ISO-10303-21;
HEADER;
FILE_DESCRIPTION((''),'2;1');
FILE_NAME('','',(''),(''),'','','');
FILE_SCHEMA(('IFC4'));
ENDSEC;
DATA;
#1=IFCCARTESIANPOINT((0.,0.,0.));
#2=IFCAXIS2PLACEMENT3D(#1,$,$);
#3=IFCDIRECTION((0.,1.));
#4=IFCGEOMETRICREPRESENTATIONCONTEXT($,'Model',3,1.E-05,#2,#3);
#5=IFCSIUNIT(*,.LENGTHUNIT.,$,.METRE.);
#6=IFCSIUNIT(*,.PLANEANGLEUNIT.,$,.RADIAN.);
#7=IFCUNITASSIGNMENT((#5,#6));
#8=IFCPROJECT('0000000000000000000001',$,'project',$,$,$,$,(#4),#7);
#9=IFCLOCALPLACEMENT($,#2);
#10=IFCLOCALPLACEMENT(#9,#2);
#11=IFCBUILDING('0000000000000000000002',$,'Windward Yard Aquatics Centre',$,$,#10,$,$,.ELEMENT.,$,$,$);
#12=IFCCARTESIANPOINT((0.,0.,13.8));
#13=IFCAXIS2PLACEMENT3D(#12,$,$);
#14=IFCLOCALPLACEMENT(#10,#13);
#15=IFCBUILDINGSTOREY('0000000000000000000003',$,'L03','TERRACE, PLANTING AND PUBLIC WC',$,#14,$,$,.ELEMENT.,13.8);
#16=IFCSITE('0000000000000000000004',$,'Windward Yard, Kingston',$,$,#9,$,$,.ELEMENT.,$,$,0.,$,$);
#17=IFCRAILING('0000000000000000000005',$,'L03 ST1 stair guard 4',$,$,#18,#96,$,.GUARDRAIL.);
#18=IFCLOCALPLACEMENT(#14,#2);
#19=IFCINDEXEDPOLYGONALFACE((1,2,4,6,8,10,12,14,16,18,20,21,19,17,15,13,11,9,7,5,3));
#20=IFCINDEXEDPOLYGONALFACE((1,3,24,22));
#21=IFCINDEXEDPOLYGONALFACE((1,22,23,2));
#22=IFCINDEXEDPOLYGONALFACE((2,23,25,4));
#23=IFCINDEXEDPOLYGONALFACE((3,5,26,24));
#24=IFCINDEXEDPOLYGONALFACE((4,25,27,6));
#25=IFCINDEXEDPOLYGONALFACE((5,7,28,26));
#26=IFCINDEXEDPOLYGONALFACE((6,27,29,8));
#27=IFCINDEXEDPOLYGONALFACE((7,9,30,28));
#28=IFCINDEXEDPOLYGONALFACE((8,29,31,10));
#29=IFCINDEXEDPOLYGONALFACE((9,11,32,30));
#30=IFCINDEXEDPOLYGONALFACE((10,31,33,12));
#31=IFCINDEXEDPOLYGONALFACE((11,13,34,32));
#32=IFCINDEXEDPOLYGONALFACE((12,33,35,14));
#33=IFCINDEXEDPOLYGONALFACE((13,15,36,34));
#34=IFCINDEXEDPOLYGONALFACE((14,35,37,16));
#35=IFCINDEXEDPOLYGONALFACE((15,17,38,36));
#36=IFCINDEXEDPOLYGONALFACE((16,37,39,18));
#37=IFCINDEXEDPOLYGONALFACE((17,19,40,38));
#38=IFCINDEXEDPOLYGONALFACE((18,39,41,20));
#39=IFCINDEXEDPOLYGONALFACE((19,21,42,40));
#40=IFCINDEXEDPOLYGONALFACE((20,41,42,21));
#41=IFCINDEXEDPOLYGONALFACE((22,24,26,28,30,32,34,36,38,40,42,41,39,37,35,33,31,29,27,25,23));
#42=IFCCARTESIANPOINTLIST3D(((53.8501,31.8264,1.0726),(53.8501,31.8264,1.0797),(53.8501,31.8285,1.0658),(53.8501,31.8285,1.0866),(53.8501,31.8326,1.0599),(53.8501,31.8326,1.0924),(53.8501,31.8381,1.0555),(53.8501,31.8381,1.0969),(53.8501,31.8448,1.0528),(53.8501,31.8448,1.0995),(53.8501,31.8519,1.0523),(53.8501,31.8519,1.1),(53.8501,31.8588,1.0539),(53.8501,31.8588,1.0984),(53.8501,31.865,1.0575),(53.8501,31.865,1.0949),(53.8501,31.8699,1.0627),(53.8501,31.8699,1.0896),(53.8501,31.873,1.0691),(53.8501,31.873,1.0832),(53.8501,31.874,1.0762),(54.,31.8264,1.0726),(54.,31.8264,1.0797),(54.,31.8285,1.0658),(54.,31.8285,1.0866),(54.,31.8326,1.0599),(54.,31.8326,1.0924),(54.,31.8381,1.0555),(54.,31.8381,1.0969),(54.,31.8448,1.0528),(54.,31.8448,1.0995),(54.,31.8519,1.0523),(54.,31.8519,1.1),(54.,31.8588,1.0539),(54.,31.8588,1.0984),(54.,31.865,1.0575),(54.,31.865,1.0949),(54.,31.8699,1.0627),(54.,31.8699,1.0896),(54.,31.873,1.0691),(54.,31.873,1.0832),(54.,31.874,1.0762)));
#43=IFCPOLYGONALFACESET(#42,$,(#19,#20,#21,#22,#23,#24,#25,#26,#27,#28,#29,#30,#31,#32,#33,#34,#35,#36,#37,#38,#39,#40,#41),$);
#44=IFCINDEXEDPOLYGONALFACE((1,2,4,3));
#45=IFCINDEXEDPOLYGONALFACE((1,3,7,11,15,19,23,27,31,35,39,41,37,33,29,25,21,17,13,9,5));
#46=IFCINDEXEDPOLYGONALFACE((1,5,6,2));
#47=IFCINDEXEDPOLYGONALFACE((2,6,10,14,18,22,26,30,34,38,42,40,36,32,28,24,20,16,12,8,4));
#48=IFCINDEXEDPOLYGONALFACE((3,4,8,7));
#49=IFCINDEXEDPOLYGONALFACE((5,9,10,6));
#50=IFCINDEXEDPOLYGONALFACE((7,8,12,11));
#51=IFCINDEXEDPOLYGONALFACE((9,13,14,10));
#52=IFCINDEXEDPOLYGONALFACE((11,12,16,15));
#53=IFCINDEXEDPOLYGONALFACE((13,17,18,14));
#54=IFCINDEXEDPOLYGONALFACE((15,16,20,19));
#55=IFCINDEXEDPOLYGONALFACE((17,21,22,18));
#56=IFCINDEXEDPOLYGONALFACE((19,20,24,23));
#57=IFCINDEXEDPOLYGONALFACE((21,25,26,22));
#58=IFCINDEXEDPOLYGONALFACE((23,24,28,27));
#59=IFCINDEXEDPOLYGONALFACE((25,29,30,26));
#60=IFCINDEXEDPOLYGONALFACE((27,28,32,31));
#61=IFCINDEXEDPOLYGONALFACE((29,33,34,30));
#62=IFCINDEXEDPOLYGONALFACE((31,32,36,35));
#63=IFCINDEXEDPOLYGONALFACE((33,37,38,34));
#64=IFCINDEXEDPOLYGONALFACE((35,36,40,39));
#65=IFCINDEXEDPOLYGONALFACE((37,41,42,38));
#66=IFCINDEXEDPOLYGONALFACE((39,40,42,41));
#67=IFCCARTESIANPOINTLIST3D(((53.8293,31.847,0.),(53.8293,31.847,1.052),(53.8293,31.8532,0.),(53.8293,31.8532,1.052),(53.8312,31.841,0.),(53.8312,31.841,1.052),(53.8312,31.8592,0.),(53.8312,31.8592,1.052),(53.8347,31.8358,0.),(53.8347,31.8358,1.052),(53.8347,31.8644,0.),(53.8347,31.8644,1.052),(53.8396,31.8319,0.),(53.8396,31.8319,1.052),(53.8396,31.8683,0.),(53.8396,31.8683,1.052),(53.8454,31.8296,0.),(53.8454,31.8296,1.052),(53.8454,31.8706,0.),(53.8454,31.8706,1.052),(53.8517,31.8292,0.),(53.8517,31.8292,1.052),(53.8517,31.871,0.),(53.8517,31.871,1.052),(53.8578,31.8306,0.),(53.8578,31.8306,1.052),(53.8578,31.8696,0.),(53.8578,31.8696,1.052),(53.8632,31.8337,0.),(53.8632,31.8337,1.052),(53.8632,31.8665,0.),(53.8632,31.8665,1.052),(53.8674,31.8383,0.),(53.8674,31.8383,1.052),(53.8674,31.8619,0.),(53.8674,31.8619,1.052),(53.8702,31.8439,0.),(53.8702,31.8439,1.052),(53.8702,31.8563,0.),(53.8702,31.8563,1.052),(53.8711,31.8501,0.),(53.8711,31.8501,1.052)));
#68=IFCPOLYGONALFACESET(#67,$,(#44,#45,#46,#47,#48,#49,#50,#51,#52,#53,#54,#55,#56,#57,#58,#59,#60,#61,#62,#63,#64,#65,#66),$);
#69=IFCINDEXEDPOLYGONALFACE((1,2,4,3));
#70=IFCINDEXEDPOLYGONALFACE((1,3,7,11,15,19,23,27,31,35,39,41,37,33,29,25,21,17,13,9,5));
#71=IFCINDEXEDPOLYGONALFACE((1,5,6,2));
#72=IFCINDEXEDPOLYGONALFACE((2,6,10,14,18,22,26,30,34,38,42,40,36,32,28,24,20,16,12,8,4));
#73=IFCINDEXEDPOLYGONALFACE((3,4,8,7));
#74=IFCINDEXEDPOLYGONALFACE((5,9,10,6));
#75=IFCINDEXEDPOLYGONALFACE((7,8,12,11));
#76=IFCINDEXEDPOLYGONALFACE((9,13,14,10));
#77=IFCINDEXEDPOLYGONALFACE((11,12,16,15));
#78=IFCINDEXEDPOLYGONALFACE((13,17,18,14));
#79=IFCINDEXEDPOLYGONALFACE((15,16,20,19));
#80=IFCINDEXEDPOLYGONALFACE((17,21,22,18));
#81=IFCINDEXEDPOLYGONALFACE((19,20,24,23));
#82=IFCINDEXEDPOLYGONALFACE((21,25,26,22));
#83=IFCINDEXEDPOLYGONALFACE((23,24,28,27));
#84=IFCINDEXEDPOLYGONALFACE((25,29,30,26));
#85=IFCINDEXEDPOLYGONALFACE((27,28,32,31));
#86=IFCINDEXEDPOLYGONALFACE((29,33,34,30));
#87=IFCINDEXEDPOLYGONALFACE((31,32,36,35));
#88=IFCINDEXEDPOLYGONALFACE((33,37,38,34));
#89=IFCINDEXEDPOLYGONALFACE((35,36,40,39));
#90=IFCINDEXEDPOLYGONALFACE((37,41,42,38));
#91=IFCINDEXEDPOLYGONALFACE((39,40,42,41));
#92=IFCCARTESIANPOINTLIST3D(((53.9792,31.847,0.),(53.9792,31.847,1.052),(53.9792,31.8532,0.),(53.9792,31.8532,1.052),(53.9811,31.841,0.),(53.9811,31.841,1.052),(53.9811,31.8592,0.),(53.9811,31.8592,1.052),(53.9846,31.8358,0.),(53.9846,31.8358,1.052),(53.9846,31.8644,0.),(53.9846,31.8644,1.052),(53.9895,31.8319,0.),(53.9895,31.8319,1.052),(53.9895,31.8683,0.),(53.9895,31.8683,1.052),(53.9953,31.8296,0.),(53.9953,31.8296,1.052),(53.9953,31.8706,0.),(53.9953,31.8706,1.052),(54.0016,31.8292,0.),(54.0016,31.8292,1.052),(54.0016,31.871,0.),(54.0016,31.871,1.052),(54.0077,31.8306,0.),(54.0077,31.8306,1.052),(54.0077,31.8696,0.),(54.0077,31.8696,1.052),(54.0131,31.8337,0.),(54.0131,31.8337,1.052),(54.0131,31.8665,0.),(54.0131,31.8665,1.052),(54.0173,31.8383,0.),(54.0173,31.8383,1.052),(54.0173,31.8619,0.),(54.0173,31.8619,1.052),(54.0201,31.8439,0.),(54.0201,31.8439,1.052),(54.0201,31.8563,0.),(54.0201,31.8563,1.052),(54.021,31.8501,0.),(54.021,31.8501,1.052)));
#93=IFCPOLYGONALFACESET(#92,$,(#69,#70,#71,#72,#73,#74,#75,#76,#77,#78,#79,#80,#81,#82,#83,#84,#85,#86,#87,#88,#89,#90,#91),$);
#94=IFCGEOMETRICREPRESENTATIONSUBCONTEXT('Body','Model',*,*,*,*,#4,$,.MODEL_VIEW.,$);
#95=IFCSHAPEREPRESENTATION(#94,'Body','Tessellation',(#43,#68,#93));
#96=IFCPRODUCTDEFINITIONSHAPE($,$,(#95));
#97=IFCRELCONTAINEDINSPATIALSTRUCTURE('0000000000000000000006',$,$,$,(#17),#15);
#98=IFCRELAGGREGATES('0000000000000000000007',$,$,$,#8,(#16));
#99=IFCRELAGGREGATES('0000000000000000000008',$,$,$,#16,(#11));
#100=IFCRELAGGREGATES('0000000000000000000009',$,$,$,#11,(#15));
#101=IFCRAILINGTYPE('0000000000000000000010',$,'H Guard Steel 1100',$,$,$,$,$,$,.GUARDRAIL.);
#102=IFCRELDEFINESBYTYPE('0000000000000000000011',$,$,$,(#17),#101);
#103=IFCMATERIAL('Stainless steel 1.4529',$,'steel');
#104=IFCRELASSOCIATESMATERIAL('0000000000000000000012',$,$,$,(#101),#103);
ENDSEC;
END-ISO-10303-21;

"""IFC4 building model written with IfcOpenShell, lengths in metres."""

from ifc_helpers import new_model, si_unit, direction, frame, origin, origin_2d, place, context, subcontext, project, spatial, circle, extrude, material, type_object, element, save


model = new_model("IFC4")

# Units and contexts
model_context = context("Model", 3, precision=1e-05, world=origin(), true_north=direction((0.0, 1.0)))
body_context = subcontext(model_context, "Body", "Model", "MODEL_VIEW")
ifc_project = project(units=[si_unit("LENGTHUNIT", "METRE"), si_unit("PLANEANGLEUNIT", "RADIAN")], contexts=[model_context])

# Site, building, storey
site_placement = place(None, origin())
site = spatial("IfcSite", under=ifc_project, at=site_placement, Name="Windward Yard, Kingston", CompositionType="ELEMENT", RefElevation=0.0)
building_placement = place(site_placement, origin())
building = spatial("IfcBuilding", under=site, at=building_placement, Name="Windward Yard Aquatics Centre", CompositionType="ELEMENT")
storey_placement = place(building_placement, frame((0.0, 0.0, 13.8)))
storey = spatial("IfcBuildingStorey", under=building, at=storey_placement, Name="L03", Description="TERRACE, PLANTING AND PUBLIC WC", CompositionType="ELEMENT", Elevation=13.8)

# Railing
ifc_material_1 = material(Name="Stainless steel 1.4529", Category="steel")
railing_type_1 = type_object("IfcRailingType", Name="H Guard Steel 1100", PredefinedType="GUARDRAIL", material=ifc_material_1)
railing_1_placement = place(storey_placement, frame((53.8501, 31.8501, 0.0)))
element("IfcRailing", 1, at=railing_1_placement, inside=storey, type_object=railing_type_1, Name="L03 ST1 stair guard 4", PredefinedType="GUARDRAIL", context=body_context, shape_type="SweptSolid", body=[
    extrude(circle(Radius=0.0239, at=origin_2d()), frame((0.0, 0.0, 1.0762), z_axis=(1.0, 0.0, 0.0), x_axis=(0.0, 1.0, 0.0)), (0.0, 0.0, 1.0), 0.1499),
    extrude(circle(Radius=0.021, at=origin_2d()), origin(), (0.0, 0.0, 1.0), 1.052),
    extrude(circle(Radius=0.021, at=origin_2d()), frame((0.1499, 0.0, 0.0)), (0.0, 0.0, 1.0), 1.052),
])

save(model, "model.ifc")
